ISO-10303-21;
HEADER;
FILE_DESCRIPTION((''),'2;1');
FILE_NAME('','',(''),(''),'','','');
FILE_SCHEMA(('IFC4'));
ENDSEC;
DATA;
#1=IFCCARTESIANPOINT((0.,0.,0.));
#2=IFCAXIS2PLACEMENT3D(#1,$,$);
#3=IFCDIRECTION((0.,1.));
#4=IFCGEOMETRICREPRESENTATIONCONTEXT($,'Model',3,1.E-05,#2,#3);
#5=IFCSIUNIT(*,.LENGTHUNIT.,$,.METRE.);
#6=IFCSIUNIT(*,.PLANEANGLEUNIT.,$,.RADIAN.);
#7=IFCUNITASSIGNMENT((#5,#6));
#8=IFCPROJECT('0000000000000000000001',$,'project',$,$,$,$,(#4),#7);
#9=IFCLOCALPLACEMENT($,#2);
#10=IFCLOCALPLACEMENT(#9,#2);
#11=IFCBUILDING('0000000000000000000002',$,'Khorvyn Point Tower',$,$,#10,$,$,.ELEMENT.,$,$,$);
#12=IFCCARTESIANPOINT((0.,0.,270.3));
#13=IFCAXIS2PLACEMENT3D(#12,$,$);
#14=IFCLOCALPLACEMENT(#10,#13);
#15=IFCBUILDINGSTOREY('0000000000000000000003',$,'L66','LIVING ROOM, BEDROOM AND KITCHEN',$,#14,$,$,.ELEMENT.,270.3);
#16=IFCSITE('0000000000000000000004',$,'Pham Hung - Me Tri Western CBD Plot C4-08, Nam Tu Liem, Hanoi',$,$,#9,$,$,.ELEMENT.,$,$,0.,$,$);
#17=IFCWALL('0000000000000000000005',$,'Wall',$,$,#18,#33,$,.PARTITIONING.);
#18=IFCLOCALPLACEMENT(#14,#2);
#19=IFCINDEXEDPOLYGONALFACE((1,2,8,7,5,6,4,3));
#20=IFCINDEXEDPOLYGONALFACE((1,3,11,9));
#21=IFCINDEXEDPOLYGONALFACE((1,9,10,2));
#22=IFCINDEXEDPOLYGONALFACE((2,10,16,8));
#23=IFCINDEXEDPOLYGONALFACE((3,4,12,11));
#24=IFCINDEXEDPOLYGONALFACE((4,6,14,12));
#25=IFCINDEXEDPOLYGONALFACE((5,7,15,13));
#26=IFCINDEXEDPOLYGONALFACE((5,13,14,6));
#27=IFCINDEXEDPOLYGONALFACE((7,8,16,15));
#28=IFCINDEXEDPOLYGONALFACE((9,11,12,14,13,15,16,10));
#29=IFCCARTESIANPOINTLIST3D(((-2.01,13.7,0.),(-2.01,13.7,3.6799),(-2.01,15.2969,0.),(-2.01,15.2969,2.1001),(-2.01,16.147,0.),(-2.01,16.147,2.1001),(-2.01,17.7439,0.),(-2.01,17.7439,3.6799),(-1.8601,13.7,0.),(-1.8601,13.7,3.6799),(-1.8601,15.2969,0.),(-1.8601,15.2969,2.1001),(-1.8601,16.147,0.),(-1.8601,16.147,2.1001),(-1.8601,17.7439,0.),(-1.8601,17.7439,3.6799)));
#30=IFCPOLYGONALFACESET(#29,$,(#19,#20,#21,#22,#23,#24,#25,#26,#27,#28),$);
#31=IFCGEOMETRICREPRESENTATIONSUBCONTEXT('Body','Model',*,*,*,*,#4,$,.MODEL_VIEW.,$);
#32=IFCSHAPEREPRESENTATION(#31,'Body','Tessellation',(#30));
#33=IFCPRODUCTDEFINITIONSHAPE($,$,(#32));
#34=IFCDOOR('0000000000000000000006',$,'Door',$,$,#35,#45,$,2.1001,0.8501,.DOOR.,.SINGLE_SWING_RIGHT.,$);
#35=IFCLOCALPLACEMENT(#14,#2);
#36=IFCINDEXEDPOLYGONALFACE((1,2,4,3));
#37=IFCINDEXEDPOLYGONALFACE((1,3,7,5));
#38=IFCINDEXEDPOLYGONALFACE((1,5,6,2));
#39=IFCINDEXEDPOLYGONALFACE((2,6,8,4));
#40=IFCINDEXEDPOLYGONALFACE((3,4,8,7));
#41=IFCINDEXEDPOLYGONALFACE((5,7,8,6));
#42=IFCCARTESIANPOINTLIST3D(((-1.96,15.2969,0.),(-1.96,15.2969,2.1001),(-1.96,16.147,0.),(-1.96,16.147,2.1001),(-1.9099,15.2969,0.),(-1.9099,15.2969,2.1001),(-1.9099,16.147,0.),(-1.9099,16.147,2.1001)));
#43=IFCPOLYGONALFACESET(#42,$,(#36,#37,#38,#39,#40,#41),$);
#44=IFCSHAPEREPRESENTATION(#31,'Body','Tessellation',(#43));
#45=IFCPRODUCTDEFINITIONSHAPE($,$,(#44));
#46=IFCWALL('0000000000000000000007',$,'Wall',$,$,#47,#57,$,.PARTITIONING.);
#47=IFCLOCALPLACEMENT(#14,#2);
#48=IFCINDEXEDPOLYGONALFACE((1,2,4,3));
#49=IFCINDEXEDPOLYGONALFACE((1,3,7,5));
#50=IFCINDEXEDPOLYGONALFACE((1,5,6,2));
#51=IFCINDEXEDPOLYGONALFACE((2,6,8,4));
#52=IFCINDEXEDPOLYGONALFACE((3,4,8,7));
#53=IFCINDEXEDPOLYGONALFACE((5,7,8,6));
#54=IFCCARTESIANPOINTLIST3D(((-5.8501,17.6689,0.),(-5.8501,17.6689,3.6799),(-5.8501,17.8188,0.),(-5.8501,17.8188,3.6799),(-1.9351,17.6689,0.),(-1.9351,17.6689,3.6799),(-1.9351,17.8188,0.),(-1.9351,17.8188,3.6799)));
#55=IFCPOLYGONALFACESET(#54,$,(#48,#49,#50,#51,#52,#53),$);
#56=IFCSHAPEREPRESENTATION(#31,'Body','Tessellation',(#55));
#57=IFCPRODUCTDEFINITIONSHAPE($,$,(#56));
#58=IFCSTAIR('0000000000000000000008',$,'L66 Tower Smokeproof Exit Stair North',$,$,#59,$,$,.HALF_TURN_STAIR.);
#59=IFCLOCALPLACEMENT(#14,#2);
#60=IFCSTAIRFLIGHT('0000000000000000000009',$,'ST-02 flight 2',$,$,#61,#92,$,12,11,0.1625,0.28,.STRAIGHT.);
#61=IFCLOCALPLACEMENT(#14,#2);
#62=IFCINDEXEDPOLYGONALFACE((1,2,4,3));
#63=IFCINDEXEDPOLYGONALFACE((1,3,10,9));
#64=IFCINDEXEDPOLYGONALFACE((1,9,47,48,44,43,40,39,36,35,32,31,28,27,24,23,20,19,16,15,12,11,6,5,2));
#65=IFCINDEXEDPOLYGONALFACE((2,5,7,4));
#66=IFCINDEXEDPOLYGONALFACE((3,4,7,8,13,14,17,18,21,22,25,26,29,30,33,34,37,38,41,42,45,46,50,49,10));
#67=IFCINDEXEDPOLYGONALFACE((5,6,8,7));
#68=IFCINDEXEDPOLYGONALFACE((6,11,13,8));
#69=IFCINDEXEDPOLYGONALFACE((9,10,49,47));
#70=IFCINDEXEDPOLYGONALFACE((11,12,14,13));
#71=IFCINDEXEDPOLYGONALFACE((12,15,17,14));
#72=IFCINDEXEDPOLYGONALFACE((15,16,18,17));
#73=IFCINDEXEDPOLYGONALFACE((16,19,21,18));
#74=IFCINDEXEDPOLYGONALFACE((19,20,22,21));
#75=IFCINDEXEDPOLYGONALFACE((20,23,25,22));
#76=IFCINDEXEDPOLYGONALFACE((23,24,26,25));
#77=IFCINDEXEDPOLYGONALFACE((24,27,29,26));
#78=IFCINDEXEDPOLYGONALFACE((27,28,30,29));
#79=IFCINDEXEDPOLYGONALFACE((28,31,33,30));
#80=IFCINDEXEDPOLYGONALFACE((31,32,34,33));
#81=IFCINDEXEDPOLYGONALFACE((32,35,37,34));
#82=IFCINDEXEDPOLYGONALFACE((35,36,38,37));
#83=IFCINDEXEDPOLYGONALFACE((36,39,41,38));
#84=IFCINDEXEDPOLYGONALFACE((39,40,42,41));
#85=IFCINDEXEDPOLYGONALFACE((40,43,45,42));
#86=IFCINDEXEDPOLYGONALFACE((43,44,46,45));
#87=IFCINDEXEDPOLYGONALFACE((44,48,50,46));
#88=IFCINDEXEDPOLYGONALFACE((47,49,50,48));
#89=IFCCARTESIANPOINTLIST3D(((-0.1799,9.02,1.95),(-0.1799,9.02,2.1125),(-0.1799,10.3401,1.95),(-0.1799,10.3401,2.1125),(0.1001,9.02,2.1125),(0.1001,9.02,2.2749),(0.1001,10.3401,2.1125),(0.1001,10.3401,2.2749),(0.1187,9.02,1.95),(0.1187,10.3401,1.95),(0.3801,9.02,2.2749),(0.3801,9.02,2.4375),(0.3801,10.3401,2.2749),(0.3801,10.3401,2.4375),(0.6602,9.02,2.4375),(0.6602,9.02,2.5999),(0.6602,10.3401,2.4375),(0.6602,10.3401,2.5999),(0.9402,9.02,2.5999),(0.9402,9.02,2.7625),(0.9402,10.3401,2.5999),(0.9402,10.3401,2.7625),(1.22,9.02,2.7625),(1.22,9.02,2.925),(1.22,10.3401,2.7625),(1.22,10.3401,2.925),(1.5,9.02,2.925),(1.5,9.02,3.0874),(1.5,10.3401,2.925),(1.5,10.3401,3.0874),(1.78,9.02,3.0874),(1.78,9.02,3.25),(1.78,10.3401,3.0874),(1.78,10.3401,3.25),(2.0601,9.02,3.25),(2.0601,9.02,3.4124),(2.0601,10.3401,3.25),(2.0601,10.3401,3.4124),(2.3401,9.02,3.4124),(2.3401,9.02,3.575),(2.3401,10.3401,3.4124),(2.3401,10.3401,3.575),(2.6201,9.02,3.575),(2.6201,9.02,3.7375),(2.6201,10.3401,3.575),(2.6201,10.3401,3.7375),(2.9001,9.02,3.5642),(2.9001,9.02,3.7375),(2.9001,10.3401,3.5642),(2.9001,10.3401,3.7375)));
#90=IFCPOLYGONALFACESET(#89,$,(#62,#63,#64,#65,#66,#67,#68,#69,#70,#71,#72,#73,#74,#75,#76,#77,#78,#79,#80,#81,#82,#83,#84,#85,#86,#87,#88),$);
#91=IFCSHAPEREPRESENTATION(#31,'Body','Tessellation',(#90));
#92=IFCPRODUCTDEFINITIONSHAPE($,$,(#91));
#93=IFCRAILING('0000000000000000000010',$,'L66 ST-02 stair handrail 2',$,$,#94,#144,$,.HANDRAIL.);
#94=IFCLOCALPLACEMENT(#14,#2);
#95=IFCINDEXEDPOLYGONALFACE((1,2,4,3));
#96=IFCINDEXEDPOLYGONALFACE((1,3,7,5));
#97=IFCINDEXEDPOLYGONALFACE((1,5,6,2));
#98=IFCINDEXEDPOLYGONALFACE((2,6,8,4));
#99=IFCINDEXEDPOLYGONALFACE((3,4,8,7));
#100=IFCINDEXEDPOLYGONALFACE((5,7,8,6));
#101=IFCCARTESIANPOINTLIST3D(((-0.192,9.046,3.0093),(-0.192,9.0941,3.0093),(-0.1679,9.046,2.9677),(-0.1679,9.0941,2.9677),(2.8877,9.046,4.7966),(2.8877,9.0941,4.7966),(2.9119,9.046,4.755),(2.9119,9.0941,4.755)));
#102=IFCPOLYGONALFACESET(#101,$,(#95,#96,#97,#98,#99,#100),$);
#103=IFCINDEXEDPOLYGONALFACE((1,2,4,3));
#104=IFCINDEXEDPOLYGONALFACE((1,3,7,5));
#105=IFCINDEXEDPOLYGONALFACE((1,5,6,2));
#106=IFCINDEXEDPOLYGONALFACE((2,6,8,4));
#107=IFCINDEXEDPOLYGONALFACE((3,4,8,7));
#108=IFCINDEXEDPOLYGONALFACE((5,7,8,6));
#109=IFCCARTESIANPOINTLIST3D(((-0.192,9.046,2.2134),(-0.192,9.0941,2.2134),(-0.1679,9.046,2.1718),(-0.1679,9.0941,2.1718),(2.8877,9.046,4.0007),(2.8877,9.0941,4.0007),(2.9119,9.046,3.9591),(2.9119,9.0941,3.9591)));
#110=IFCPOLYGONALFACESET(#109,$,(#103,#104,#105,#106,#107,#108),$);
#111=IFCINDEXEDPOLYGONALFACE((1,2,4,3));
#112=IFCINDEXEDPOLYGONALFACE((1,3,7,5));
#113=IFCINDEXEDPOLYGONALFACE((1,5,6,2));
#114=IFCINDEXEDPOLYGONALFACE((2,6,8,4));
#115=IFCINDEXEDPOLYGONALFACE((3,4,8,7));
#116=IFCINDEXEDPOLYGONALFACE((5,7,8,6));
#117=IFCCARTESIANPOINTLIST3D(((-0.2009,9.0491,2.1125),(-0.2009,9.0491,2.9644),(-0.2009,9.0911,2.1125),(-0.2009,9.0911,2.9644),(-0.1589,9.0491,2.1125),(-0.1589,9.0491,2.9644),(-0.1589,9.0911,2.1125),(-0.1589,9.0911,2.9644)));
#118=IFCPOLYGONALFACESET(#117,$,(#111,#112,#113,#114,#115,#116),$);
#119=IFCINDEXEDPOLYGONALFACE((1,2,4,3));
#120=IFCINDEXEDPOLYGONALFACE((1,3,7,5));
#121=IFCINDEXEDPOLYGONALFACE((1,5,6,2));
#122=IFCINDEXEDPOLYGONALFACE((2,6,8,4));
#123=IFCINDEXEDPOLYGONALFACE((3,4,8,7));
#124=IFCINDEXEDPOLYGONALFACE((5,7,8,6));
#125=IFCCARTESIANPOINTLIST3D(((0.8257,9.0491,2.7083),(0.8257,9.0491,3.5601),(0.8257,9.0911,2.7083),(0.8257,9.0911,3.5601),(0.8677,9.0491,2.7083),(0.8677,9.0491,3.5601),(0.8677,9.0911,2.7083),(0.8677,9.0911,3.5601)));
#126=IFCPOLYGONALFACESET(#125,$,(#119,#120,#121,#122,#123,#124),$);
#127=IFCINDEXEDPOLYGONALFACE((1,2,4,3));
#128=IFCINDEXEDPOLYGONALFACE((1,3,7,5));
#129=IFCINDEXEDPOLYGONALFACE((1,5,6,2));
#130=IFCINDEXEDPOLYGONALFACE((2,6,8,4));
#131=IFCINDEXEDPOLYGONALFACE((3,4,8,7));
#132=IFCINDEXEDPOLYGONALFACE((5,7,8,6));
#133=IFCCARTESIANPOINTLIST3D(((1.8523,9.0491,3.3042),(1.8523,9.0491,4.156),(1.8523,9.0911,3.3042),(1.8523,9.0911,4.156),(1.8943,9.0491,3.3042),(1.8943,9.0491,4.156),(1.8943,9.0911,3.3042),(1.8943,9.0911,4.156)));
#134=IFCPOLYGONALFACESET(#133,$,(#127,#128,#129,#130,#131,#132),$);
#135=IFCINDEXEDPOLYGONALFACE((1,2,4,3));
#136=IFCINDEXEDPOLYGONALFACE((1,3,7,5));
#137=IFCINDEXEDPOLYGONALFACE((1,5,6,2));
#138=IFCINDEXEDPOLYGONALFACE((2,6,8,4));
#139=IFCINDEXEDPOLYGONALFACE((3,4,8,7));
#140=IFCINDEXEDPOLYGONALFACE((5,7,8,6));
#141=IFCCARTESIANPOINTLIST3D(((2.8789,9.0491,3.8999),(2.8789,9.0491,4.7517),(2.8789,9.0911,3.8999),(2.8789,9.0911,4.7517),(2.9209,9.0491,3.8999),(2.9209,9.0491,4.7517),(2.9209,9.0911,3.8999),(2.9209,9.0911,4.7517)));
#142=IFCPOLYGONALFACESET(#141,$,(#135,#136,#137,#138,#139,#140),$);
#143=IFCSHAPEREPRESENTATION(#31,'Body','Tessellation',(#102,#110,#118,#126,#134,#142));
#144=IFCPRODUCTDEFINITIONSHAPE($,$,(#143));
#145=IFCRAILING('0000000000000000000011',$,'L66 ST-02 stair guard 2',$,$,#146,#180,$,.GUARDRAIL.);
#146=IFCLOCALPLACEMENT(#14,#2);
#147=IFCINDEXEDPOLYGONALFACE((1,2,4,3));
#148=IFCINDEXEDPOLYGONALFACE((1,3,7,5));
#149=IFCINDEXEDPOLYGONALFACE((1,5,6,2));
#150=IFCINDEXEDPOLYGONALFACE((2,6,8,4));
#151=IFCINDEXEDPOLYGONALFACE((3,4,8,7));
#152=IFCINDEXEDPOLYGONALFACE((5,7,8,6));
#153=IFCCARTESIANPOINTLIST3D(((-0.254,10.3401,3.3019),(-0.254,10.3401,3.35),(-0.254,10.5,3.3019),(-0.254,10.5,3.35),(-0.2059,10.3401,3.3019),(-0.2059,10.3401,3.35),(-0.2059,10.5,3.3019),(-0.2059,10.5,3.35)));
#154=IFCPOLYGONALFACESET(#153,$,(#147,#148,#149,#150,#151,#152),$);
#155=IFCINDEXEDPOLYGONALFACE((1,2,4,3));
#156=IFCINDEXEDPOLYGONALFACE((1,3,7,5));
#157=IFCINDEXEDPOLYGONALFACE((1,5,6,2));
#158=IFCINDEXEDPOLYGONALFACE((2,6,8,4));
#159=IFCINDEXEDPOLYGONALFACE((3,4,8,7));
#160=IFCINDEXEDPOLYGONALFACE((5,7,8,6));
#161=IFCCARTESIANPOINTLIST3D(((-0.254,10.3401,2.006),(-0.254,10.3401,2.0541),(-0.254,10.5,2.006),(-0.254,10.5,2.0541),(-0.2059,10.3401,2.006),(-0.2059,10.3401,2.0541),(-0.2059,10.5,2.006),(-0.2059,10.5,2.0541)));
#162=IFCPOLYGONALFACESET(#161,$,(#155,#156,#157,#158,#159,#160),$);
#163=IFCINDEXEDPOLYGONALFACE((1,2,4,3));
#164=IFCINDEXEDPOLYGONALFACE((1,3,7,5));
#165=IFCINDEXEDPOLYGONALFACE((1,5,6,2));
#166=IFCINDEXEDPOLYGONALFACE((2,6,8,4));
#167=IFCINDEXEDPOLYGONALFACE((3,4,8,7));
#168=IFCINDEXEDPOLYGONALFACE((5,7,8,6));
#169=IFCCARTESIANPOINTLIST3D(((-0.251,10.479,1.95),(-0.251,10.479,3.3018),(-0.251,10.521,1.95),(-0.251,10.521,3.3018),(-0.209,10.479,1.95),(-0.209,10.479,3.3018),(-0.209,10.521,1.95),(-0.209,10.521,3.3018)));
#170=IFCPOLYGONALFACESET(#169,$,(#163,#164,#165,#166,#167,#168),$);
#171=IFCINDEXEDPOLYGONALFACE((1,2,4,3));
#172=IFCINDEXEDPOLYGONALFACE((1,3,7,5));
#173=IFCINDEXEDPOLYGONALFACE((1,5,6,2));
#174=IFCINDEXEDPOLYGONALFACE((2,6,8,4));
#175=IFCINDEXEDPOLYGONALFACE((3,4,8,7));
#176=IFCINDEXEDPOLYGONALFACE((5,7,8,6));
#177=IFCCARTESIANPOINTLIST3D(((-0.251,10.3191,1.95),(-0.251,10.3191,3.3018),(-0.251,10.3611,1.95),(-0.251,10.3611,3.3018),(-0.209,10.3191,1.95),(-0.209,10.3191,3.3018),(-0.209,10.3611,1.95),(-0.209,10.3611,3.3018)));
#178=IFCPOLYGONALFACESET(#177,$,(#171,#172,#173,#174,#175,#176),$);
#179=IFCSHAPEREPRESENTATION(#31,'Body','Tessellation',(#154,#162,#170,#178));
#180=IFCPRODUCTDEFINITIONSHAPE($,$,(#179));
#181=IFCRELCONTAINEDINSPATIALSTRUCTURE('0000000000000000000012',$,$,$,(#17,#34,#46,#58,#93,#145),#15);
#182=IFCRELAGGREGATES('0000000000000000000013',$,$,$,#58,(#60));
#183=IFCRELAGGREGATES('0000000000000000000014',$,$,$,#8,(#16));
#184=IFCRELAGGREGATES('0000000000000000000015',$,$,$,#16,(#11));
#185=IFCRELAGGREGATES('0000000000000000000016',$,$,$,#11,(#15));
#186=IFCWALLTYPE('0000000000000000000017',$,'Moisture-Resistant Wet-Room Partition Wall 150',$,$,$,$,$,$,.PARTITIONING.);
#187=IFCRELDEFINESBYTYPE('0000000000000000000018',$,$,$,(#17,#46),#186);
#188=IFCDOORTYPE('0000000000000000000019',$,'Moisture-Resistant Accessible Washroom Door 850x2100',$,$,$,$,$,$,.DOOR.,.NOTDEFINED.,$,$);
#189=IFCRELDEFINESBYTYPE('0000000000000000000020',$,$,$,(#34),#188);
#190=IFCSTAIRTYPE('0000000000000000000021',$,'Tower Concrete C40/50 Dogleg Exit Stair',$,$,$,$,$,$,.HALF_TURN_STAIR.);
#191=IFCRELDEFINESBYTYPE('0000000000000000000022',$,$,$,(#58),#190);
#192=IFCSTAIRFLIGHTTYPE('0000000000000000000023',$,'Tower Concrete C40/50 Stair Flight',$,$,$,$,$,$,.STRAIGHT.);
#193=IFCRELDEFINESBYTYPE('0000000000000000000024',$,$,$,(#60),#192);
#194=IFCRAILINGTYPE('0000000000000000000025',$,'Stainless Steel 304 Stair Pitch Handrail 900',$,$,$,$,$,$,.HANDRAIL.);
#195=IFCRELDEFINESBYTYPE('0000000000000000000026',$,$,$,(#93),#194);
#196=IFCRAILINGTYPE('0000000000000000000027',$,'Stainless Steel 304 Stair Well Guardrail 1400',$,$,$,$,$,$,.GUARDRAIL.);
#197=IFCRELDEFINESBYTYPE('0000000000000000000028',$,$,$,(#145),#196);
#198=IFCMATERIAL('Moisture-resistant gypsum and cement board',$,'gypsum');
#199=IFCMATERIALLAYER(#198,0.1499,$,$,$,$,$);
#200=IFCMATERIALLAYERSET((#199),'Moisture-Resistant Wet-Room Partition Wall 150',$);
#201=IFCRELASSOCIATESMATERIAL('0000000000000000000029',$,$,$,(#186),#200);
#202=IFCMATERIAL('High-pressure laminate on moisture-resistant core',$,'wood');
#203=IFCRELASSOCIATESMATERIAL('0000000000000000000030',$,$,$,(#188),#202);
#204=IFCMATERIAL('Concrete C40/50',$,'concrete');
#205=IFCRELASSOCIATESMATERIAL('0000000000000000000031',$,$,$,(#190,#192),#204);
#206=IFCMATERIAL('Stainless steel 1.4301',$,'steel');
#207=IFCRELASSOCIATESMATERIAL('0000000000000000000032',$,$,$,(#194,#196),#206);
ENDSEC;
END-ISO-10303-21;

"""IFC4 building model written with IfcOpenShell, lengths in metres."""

from ifc_helpers import new_model, si_unit, direction, frame, frame_2d, origin, origin_2d, place, context, subcontext, project, spatial, polyline, rectangle, outline, extrude, material, layer, layer_set, type_object, element, fill, aggregate, save


model = new_model("IFC4")

# Units and contexts
model_context = context("Model", 3, precision=1e-05, world=origin(), true_north=direction((0.0, 1.0)))
body_context = subcontext(model_context, "Body", "Model", "MODEL_VIEW")
ifc_project = project(units=[si_unit("LENGTHUNIT", "METRE"), si_unit("PLANEANGLEUNIT", "RADIAN")], contexts=[model_context])

# Site, building, storey
site_placement = place(None, origin())
site = spatial("IfcSite", under=ifc_project, at=site_placement, Name="Pham Hung - Me Tri Western CBD Plot C4-08, Nam Tu Liem, Hanoi", CompositionType="ELEMENT", RefElevation=0.0)
building_placement = place(site_placement, origin())
building = spatial("IfcBuilding", under=site, at=building_placement, Name="Khorvyn Point Tower", CompositionType="ELEMENT")
storey_placement = place(building_placement, frame((0.0, 0.0, 270.3)))
storey = spatial("IfcBuildingStorey", under=building, at=storey_placement, Name="L66", Description="LIVING ROOM, BEDROOM AND KITCHEN", CompositionType="ELEMENT", Elevation=270.3)

# Shared definitions
ifc_material_1 = material(Name="Concrete C40/50", Category="concrete")

# Wall, opening, door
ifc_material_2 = material(Name="Moisture-resistant gypsum and cement board", Category="gypsum")
ifc_layer_1 = layer(ifc_material_2, 0.1499)
ifc_layer_set_1 = layer_set([ifc_layer_1], Name="Moisture-Resistant Wet-Room Partition Wall 150")
wall_type_1 = type_object("IfcWallType", Name="Moisture-Resistant Wet-Room Partition Wall 150", PredefinedType="PARTITIONING", material=ifc_layer_set_1)
wall_1_placement = place(storey_placement, frame((-1.9351, 13.7, 0.0), z_axis=(0.0, 0.0, 1.0), x_axis=(0.0, 1.0, 0.0)))
wall_1 = element("IfcWall", 1, at=wall_1_placement, inside=storey, type_object=wall_type_1, Name="Wall", PredefinedType="PARTITIONING", context=body_context, shape_type="SweptSolid", body=[
    extrude(rectangle(XDim=4.0439, YDim=0.1499, at=frame_2d((2.022, 0.0))), origin(), (0.0, 0.0, 1.0), 3.6799),
])
opening_1_placement = place(wall_1_placement, frame((1.5969, 0.0, 0.0)))
opening_1 = element("IfcOpeningElement", 2, at=opening_1_placement, cuts=wall_1, PredefinedType="OPENING", context=body_context, shape_type="SweptSolid", body=[
    extrude(rectangle(XDim=0.8501, YDim=2.1001, at=frame_2d((0.425, 1.05))), frame((0.0, 0.085, 0.0), z_axis=(0.0, -1.0, 0.0), x_axis=(1.0, 0.0, 0.0)), (0.0, 0.0, 1.0), 0.1699),
])
ifc_material_3 = material(Name="High-pressure laminate on moisture-resistant core", Category="wood")
door_type_1 = type_object("IfcDoorType", Name="Moisture-Resistant Accessible Washroom Door 850x2100", OperationType="NOTDEFINED", PredefinedType="DOOR", material=ifc_material_3)
door_1_placement = place(opening_1_placement, origin())
door_1 = element("IfcDoor", 3, at=door_1_placement, inside=storey, type_object=door_type_1, Name="Door", OperationType="SINGLE_SWING_RIGHT", OverallHeight=2.1001, OverallWidth=0.8501, PredefinedType="DOOR", context=body_context, shape_type="SweptSolid", body=[
    extrude(rectangle(XDim=0.8501, YDim=2.1001, at=frame_2d((0.425, 1.05))), frame((0.0, 0.0249, 0.0), z_axis=(0.0, -1.0, 0.0), x_axis=(1.0, 0.0, 0.0)), (0.0, 0.0, 1.0), 0.05),
])
fill(opening_1, door_1)

# Wall
wall_2_placement = place(storey_placement, frame((-5.8501, 17.7439, 0.0), z_axis=(0.0, 0.0, 1.0), x_axis=(1.0, 0.0, 0.0)))
element("IfcWall", 4, at=wall_2_placement, inside=storey, type_object=wall_type_1, Name="Wall", PredefinedType="PARTITIONING", context=body_context, shape_type="SweptSolid", body=[
    extrude(rectangle(XDim=3.915, YDim=0.1499, at=frame_2d((1.9575, 0.0))), origin(), (0.0, 0.0, 1.0), 3.6799),
])

# Stair, stair flight
stair_type = type_object("IfcStairType", Name="Tower Concrete C40/50 Dogleg Exit Stair", PredefinedType="HALF_TURN_STAIR", material=ifc_material_1)
stair_placement = place(storey_placement, origin())
stair = element("IfcStair", 5, at=stair_placement, inside=storey, type_object=stair_type, Name="L66 Tower Smokeproof Exit Stair North", PredefinedType="HALF_TURN_STAIR")
stair_flight_type = type_object("IfcStairFlightType", Name="Tower Concrete C40/50 Stair Flight", PredefinedType="STRAIGHT", material=ifc_material_1)
stair_flight_placement = place(storey_placement, frame((-0.1799, 9.6799, 1.95), z_axis=(0.0, 0.0, 1.0), x_axis=(1.0, 0.0, 0.0)))
stair_flight = element("IfcStairFlight", 6, at=stair_flight_placement, type_object=stair_flight_type, Name="ST-02 flight 2", NumberOfRisers=12, NumberOfTreads=11, PredefinedType="STRAIGHT", RiserHeight=0.1625, TreadLength=0.28, context=body_context, shape_type="SweptSolid", body=[
    extrude(outline(polyline([(0.0, 0.0), (0.0, 0.1626), (0.28, 0.1626), (0.28, 0.325), (0.5601, 0.325), (0.5601, 0.4875), (0.8401, 0.4875), (0.8401, 0.6499), (1.1201, 0.6499), (1.1201, 0.8125), (1.3999, 0.8125), (1.3999, 0.9751), (1.6799, 0.9751), (1.6799, 1.1375), (1.96, 1.1375), (1.96, 1.3), (2.24, 1.3), (2.24, 1.4624), (2.52, 1.4624), (2.52, 1.625), (2.8, 1.625), (2.8, 1.7876), (3.0801, 1.7876), (3.0801, 1.95), (3.0801, 1.6143), (0.2986, 0.0), (0.0, 0.0)])), frame((0.0, 0.6602, 0.0), z_axis=(0.0, -1.0, 0.0), x_axis=(1.0, 0.0, 0.0)), (0.0, 0.0, 1.0), 1.3201),
])
aggregate(stair, [stair_flight])

# Railings
ifc_material_4 = material(Name="Stainless steel 1.4301", Category="steel")
railing_type_1 = type_object("IfcRailingType", Name="Stainless Steel 304 Stair Pitch Handrail 900", PredefinedType="HANDRAIL", material=ifc_material_4)
railing_1_placement = place(storey_placement, frame((-0.1799, 9.0701, 2.1125)))
element("IfcRailing", 7, at=railing_1_placement, inside=storey, type_object=railing_type_1, Name="L66 ST-02 stair handrail 2", PredefinedType="HANDRAIL", context=body_context, shape_type="SweptSolid", body=[
    extrude(rectangle(XDim=0.0481, YDim=0.0481, at=origin_2d()), frame((0.0, 0.0, 0.876), z_axis=(0.864903, 0.0, 0.501939), x_axis=(0.0, 1.0, 0.0)), (0.0, 0.0, 1.0), 3.5608),
    extrude(rectangle(XDim=0.0481, YDim=0.0481, at=origin_2d()), frame((0.0, 0.0, 0.0801), z_axis=(0.864903, 0.0, 0.501939), x_axis=(0.0, 1.0, 0.0)), (0.0, 0.0, 1.0), 3.5608),
    extrude(rectangle(XDim=0.042, YDim=0.042, at=origin_2d()), origin(), (0.0, 0.0, 1.0), 0.8518),
    extrude(rectangle(XDim=0.042, YDim=0.042, at=origin_2d()), frame((1.0266, 0.0, 0.5957)), (0.0, 0.0, 1.0), 0.8518),
    extrude(rectangle(XDim=0.042, YDim=0.042, at=origin_2d()), frame((2.0532, 0.0, 1.1917)), (0.0, 0.0, 1.0), 0.8518),
    extrude(rectangle(XDim=0.042, YDim=0.042, at=origin_2d()), frame((3.0798, 0.0, 1.7874)), (0.0, 0.0, 1.0), 0.8518),
])
railing_type_2 = type_object("IfcRailingType", Name="Stainless Steel 304 Stair Well Guardrail 1400", PredefinedType="GUARDRAIL", material=ifc_material_4)
railing_2_placement = place(storey_placement, frame((-0.23, 10.5, 1.95)))
element("IfcRailing", 8, at=railing_2_placement, inside=storey, type_object=railing_type_2, Name="L66 ST-02 stair guard 2", PredefinedType="GUARDRAIL", context=body_context, shape_type="SweptSolid", body=[
    extrude(rectangle(XDim=0.0481, YDim=0.0481, at=origin_2d()), frame((0.0, 0.0, 1.376), z_axis=(0.0, -1.0, 0.0), x_axis=(1.0, 0.0, 0.0)), (0.0, 0.0, 1.0), 0.1599),
    extrude(rectangle(XDim=0.0481, YDim=0.0481, at=origin_2d()), frame((0.0, 0.0, 0.0801), z_axis=(0.0, -1.0, 0.0), x_axis=(1.0, 0.0, 0.0)), (0.0, 0.0, 1.0), 0.1599),
    extrude(rectangle(XDim=0.042, YDim=0.042, at=origin_2d()), origin(), (0.0, 0.0, 1.0), 1.3518),
    extrude(rectangle(XDim=0.042, YDim=0.042, at=origin_2d()), frame((0.0, -0.1599, 0.0)), (0.0, 0.0, 1.0), 1.3518),
])

save(model, "model.ifc")
